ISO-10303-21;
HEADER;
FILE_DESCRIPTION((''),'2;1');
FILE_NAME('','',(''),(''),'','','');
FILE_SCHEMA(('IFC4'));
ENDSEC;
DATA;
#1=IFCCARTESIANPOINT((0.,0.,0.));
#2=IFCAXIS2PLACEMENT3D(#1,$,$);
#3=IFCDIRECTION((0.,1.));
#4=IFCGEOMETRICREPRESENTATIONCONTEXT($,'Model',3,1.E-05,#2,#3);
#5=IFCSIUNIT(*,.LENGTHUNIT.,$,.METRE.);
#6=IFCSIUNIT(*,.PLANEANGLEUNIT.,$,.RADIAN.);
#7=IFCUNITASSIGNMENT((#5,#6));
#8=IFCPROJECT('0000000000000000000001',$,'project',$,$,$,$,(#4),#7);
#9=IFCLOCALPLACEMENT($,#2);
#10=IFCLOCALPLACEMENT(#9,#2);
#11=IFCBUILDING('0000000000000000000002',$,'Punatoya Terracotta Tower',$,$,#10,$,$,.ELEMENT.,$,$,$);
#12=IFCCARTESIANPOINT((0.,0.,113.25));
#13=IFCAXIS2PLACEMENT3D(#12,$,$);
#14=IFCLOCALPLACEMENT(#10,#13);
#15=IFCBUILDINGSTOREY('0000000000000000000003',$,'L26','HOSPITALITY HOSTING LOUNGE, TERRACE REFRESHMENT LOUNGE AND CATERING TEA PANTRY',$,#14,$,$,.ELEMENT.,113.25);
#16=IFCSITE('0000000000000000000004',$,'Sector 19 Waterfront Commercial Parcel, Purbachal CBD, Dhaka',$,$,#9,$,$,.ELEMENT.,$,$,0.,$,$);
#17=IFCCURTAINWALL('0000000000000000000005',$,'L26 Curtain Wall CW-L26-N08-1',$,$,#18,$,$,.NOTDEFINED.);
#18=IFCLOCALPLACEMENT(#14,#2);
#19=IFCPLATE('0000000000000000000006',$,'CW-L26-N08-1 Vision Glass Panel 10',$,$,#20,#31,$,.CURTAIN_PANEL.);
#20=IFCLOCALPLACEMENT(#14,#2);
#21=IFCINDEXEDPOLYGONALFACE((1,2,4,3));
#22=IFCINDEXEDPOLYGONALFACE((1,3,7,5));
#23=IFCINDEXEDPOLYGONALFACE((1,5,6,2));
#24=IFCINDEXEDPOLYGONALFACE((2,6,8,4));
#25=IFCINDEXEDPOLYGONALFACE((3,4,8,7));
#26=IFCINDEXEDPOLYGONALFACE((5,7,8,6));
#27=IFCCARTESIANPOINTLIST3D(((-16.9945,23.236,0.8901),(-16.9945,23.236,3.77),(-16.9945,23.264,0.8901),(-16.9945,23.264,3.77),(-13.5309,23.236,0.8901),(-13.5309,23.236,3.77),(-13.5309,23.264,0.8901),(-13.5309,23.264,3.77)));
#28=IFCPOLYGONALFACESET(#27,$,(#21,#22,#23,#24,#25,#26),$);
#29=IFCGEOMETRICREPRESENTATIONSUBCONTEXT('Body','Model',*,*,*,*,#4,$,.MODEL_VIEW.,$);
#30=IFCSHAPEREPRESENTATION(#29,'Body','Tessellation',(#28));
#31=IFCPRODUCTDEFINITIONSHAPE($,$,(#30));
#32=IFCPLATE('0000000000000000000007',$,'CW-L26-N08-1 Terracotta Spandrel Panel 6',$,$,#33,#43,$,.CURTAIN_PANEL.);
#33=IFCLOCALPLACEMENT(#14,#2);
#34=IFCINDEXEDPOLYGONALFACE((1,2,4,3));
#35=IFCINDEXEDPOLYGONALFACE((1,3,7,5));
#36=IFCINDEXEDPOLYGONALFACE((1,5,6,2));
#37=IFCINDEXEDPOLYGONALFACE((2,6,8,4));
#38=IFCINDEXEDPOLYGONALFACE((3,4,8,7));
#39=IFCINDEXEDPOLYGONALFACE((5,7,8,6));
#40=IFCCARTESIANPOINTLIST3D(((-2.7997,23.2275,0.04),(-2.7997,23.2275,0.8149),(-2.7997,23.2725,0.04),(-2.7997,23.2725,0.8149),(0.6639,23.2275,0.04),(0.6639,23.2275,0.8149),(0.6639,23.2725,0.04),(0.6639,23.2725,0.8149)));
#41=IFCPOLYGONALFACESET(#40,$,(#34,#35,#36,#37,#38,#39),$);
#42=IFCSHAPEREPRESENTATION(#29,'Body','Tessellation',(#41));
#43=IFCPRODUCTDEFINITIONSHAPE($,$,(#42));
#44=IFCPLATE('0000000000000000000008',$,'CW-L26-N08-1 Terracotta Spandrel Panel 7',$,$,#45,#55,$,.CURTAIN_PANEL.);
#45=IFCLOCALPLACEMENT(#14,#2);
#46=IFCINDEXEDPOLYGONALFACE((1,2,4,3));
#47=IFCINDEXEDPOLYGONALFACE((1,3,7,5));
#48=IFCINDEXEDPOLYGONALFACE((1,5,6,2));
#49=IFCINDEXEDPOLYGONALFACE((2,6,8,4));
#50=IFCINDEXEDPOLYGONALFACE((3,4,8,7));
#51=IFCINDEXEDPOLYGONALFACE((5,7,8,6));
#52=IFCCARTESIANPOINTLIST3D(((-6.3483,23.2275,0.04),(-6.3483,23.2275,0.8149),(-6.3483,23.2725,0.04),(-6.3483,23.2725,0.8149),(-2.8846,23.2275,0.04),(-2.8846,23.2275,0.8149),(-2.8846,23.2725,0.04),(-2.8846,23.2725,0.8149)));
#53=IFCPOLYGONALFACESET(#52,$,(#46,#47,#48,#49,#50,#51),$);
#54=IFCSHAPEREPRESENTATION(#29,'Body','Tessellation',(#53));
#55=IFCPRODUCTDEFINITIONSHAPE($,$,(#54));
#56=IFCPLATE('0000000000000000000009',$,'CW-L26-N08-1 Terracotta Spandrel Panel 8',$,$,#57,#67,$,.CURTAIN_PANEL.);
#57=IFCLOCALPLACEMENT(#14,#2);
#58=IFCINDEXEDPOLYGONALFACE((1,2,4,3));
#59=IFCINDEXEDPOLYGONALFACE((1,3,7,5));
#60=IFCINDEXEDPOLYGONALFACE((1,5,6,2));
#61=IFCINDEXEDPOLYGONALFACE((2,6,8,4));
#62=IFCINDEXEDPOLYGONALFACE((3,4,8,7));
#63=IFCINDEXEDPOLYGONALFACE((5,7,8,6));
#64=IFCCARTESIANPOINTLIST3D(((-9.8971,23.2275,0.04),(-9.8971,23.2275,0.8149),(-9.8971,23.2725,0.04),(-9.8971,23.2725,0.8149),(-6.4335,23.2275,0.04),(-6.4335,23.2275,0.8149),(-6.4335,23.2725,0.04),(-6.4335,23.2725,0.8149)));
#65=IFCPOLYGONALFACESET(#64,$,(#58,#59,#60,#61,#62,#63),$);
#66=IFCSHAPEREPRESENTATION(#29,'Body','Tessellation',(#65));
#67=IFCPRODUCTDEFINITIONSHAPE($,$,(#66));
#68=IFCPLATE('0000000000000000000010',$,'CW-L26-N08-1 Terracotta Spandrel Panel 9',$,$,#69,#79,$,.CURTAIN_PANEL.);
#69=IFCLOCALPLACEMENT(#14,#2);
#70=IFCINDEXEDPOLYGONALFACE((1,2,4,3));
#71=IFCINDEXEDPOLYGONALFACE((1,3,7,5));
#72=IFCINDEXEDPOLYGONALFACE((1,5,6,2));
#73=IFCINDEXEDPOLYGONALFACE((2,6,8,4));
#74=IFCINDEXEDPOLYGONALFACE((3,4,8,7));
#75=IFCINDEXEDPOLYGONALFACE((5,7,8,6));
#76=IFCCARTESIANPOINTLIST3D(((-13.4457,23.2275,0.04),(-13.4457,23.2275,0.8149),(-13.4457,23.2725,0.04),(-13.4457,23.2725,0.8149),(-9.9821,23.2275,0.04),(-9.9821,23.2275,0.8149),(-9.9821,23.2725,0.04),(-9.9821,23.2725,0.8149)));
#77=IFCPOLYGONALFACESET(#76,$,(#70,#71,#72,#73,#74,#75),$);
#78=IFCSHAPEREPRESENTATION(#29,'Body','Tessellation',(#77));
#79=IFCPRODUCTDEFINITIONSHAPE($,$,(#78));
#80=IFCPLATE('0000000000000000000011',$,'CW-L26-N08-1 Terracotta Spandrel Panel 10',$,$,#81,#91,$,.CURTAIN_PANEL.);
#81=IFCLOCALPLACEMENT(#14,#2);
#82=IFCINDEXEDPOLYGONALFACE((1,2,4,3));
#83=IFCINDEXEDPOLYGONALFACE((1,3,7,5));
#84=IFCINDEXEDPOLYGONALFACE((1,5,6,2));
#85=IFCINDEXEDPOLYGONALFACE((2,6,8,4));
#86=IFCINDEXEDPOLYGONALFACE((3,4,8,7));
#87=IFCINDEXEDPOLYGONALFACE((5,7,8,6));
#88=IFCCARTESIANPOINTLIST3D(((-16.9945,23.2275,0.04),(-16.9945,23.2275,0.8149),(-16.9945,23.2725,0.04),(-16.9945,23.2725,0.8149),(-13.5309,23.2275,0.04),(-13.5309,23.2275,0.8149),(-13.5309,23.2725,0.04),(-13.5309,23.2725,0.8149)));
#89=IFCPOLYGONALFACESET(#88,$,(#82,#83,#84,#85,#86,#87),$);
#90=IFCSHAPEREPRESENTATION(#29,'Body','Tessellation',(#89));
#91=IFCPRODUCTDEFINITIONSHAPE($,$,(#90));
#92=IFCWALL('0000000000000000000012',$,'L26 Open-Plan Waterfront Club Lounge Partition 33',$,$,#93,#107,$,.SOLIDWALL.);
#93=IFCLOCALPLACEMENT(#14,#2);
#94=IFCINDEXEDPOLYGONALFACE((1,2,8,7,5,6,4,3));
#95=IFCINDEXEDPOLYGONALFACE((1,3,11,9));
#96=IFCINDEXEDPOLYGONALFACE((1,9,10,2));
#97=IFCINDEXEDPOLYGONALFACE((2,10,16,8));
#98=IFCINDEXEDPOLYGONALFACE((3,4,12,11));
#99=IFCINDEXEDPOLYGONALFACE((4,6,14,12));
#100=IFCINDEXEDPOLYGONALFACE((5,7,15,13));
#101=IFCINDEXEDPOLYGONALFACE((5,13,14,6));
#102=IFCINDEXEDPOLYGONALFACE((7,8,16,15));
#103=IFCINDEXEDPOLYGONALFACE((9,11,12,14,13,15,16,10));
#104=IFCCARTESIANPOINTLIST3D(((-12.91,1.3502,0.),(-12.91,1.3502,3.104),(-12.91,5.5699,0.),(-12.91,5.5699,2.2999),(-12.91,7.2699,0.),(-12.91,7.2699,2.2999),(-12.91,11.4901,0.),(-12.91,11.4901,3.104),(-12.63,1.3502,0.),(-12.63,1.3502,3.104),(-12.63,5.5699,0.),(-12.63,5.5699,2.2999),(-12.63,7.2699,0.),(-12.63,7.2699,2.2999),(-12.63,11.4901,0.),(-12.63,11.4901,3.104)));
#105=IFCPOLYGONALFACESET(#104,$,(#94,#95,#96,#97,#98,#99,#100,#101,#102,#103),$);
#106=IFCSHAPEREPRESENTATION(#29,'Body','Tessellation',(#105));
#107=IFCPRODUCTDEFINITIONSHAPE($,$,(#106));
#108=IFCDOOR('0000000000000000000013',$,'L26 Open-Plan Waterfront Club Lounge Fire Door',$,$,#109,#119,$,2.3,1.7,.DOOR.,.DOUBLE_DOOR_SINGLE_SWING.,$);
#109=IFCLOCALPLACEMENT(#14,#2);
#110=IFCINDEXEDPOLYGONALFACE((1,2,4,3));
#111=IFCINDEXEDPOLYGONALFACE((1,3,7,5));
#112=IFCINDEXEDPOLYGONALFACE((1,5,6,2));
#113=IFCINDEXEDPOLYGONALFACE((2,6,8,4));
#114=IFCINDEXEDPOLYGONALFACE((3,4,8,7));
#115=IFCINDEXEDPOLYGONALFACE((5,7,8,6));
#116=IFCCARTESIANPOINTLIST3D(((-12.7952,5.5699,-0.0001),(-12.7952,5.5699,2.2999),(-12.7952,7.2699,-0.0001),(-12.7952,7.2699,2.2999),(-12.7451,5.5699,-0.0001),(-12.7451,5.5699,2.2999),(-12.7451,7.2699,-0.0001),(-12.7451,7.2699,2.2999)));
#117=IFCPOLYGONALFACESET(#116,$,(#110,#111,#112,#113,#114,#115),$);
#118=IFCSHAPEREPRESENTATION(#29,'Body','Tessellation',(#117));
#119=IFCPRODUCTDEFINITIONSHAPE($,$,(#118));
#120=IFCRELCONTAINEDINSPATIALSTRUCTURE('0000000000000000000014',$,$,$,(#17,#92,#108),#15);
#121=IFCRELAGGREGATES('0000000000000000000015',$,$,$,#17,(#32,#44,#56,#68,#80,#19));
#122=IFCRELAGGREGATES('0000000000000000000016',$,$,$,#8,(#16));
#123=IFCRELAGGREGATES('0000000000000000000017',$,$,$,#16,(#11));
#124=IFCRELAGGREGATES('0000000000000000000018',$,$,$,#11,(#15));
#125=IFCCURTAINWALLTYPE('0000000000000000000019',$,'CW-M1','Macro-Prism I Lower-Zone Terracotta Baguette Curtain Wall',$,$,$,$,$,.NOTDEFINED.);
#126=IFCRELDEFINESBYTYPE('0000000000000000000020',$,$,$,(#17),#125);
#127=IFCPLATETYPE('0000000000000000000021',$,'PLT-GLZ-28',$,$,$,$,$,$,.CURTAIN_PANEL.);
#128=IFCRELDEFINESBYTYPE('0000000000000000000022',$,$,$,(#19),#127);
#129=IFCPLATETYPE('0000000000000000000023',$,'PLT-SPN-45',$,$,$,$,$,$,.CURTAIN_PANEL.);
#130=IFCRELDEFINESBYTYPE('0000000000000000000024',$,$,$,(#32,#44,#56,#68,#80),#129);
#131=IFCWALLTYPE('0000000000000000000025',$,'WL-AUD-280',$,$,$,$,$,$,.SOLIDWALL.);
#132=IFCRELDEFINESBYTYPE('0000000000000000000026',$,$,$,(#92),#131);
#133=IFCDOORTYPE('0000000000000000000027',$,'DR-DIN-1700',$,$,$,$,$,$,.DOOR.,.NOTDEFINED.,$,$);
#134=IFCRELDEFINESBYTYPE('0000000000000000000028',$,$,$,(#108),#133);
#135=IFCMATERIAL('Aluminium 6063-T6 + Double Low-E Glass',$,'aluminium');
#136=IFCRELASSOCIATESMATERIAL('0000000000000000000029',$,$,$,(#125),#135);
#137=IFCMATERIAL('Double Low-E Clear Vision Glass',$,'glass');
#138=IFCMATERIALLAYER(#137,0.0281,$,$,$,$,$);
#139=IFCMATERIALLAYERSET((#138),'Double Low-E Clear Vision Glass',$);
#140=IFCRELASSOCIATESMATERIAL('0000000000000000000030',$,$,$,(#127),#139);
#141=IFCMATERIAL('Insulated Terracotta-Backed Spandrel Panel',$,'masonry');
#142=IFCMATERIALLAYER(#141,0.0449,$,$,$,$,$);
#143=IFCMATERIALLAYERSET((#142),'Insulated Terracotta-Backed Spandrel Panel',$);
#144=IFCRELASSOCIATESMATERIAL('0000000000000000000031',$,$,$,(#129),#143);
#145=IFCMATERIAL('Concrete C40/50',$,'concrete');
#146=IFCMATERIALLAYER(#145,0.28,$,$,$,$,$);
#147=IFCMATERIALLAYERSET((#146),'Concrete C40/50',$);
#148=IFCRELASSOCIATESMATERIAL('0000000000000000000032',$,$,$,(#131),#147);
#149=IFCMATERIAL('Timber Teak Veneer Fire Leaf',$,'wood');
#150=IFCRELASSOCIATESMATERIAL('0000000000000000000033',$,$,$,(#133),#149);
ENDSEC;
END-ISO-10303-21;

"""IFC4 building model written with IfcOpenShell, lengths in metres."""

from ifc_helpers import new_model, si_unit, direction, frame, frame_2d, origin, origin_2d, place, context, subcontext, project, spatial, rectangle, extrude, material, layer, layer_set, type_object, element, fill, aggregate, save


model = new_model("IFC4")

# Units and contexts
model_context = context("Model", 3, precision=1e-05, world=origin(), true_north=direction((0.0, 1.0)))
body_context = subcontext(model_context, "Body", "Model", "MODEL_VIEW")
ifc_project = project(units=[si_unit("LENGTHUNIT", "METRE"), si_unit("PLANEANGLEUNIT", "RADIAN")], contexts=[model_context])

# Site, building, storey
site_placement = place(None, origin())
site = spatial("IfcSite", under=ifc_project, at=site_placement, Name="Sector 19 Waterfront Commercial Parcel, Purbachal CBD, Dhaka", CompositionType="ELEMENT", RefElevation=0.0)
building_placement = place(site_placement, origin())
building = spatial("IfcBuilding", under=site, at=building_placement, Name="Punatoya Terracotta Tower", CompositionType="ELEMENT")
storey_placement = place(building_placement, frame((0.0, 0.0, 113.25)))
storey = spatial("IfcBuildingStorey", under=building, at=storey_placement, Name="L26", Description="HOSPITALITY HOSTING LOUNGE, TERRACE REFRESHMENT LOUNGE AND CATERING TEA PANTRY", CompositionType="ELEMENT", Elevation=113.25)

# Curtain wall, plates
ifc_material_1 = material(Name="Aluminium 6063-T6 + Double Low-E Glass", Category="aluminium")
curtain_wall_type = type_object("IfcCurtainWallType", Name="CW-M1", Description="Macro-Prism I Lower-Zone Terracotta Baguette Curtain Wall", PredefinedType="NOTDEFINED", material=ifc_material_1)
curtain_wall_placement = place(storey_placement, origin())
curtain_wall = element("IfcCurtainWall", 1, at=curtain_wall_placement, inside=storey, type_object=curtain_wall_type, Name="L26 Curtain Wall CW-L26-N08-1", PredefinedType="NOTDEFINED")
ifc_material_2 = material(Name="Double Low-E Clear Vision Glass", Category="glass")
ifc_layer_1 = layer(ifc_material_2, 0.0281)
ifc_layer_set_1 = layer_set([ifc_layer_1], Name="Double Low-E Clear Vision Glass")
plate_type_1 = type_object("IfcPlateType", Name="PLT-GLZ-28", PredefinedType="CURTAIN_PANEL", material=ifc_layer_set_1)
plate_1_placement = place(storey_placement, frame((-15.2627, 23.25, 0.8901), z_axis=(0.0, 0.0, 1.0), x_axis=(-1.0, 0.0, 0.0)))
plate_1 = element("IfcPlate", 2, at=plate_1_placement, type_object=plate_type_1, Name="CW-L26-N08-1 Vision Glass Panel 10", PredefinedType="CURTAIN_PANEL", context=body_context, shape_type="SweptSolid", body=[
    extrude(rectangle(XDim=3.4636, YDim=0.0281, at=origin_2d()), origin(), (0.0, 0.0, 1.0), 2.8799),
])
ifc_material_3 = material(Name="Insulated Terracotta-Backed Spandrel Panel", Category="masonry")
ifc_layer_2 = layer(ifc_material_3, 0.0449)
ifc_layer_set_2 = layer_set([ifc_layer_2], Name="Insulated Terracotta-Backed Spandrel Panel")
plate_type_2 = type_object("IfcPlateType", Name="PLT-SPN-45", PredefinedType="CURTAIN_PANEL", material=ifc_layer_set_2)
plate_2_placement = place(storey_placement, frame((-1.0679, 23.25, 0.04), z_axis=(0.0, 0.0, 1.0), x_axis=(-1.0, 0.0, 0.0)))
plate_2 = element("IfcPlate", 3, at=plate_2_placement, type_object=plate_type_2, Name="CW-L26-N08-1 Terracotta Spandrel Panel 6", PredefinedType="CURTAIN_PANEL", context=body_context, shape_type="SweptSolid", body=[
    extrude(rectangle(XDim=3.4636, YDim=0.0449, at=origin_2d()), origin(), (0.0, 0.0, 1.0), 0.7749),
])
plate_3_placement = place(storey_placement, frame((-4.6165, 23.25, 0.04), z_axis=(0.0, 0.0, 1.0), x_axis=(-1.0, 0.0, 0.0)))
plate_3 = element("IfcPlate", 4, at=plate_3_placement, type_object=plate_type_2, Name="CW-L26-N08-1 Terracotta Spandrel Panel 7", PredefinedType="CURTAIN_PANEL", context=body_context, shape_type="SweptSolid", body=[
    extrude(rectangle(XDim=3.4636, YDim=0.0449, at=origin_2d()), origin(), (0.0, 0.0, 1.0), 0.7749),
])
plate_4_placement = place(storey_placement, frame((-8.1653, 23.25, 0.04), z_axis=(0.0, 0.0, 1.0), x_axis=(-1.0, 0.0, 0.0)))
plate_4 = element("IfcPlate", 5, at=plate_4_placement, type_object=plate_type_2, Name="CW-L26-N08-1 Terracotta Spandrel Panel 8", PredefinedType="CURTAIN_PANEL", context=body_context, shape_type="SweptSolid", body=[
    extrude(rectangle(XDim=3.4636, YDim=0.0449, at=origin_2d()), origin(), (0.0, 0.0, 1.0), 0.7749),
])
plate_5_placement = place(storey_placement, frame((-11.7139, 23.25, 0.04), z_axis=(0.0, 0.0, 1.0), x_axis=(-1.0, 0.0, 0.0)))
plate_5 = element("IfcPlate", 6, at=plate_5_placement, type_object=plate_type_2, Name="CW-L26-N08-1 Terracotta Spandrel Panel 9", PredefinedType="CURTAIN_PANEL", context=body_context, shape_type="SweptSolid", body=[
    extrude(rectangle(XDim=3.4636, YDim=0.0449, at=origin_2d()), origin(), (0.0, 0.0, 1.0), 0.7749),
])
plate_6_placement = place(storey_placement, frame((-15.2627, 23.25, 0.04), z_axis=(0.0, 0.0, 1.0), x_axis=(-1.0, 0.0, 0.0)))
plate_6 = element("IfcPlate", 7, at=plate_6_placement, type_object=plate_type_2, Name="CW-L26-N08-1 Terracotta Spandrel Panel 10", PredefinedType="CURTAIN_PANEL", context=body_context, shape_type="SweptSolid", body=[
    extrude(rectangle(XDim=3.4636, YDim=0.0449, at=origin_2d()), origin(), (0.0, 0.0, 1.0), 0.7749),
])
aggregate(curtain_wall, [plate_2, plate_3, plate_4, plate_5, plate_6, plate_1])

# Wall, opening, door
ifc_material_4 = material(Name="Concrete C40/50", Category="concrete")
ifc_layer_3 = layer(ifc_material_4, 0.28)
ifc_layer_set_3 = layer_set([ifc_layer_3], Name="Concrete C40/50")
wall_type = type_object("IfcWallType", Name="WL-AUD-280", PredefinedType="SOLIDWALL", material=ifc_layer_set_3)
wall_placement = place(storey_placement, frame((-12.77, 11.49, 0.0), z_axis=(0.0, 0.0, 1.0), x_axis=(0.0, -1.0, 0.0)))
wall = element("IfcWall", 8, at=wall_placement, inside=storey, type_object=wall_type, Name="L26 Open-Plan Waterfront Club Lounge Partition 33", PredefinedType="SOLIDWALL", context=body_context, shape_type="SweptSolid", body=[
    extrude(rectangle(XDim=10.1399, YDim=0.28, at=frame_2d((5.0698, 0.0))), origin(), (0.0, 0.0, 1.0), 3.104),
])
opening_placement = place(wall_placement, frame((4.22, 0.0, 0.0)))
opening = element("IfcOpeningElement", 9, at=opening_placement, cuts=wall, PredefinedType="OPENING", context=body_context, shape_type="SweptSolid", body=[
    extrude(rectangle(XDim=1.7, YDim=2.3, at=frame_2d((0.8501, 1.1499))), frame((0.0, 0.1499, 0.0), z_axis=(0.0, -1.0, 0.0), x_axis=(1.0, 0.0, 0.0)), (0.0, 0.0, 1.0), 0.3),
])
ifc_material_5 = material(Name="Timber Teak Veneer Fire Leaf", Category="wood")
door_type = type_object("IfcDoorType", Name="DR-DIN-1700", OperationType="NOTDEFINED", PredefinedType="DOOR", material=ifc_material_5)
door_placement = place(opening_placement, origin())
door = element("IfcDoor", 10, at=door_placement, inside=storey, type_object=door_type, Name="L26 Open-Plan Waterfront Club Lounge Fire Door", OperationType="DOUBLE_DOOR_SINGLE_SWING", OverallHeight=2.3, OverallWidth=1.7, PredefinedType="DOOR", context=body_context, shape_type="SweptSolid", body=[
    extrude(rectangle(XDim=1.7, YDim=2.3, at=frame_2d((0.8501, 1.1499))), frame((0.0, 0.0249, 0.0), z_axis=(0.0, -1.0, 0.0), x_axis=(1.0, 0.0, 0.0)), (0.0, 0.0, 1.0), 0.05),
])
fill(opening, door)

save(model, "model.ifc")
